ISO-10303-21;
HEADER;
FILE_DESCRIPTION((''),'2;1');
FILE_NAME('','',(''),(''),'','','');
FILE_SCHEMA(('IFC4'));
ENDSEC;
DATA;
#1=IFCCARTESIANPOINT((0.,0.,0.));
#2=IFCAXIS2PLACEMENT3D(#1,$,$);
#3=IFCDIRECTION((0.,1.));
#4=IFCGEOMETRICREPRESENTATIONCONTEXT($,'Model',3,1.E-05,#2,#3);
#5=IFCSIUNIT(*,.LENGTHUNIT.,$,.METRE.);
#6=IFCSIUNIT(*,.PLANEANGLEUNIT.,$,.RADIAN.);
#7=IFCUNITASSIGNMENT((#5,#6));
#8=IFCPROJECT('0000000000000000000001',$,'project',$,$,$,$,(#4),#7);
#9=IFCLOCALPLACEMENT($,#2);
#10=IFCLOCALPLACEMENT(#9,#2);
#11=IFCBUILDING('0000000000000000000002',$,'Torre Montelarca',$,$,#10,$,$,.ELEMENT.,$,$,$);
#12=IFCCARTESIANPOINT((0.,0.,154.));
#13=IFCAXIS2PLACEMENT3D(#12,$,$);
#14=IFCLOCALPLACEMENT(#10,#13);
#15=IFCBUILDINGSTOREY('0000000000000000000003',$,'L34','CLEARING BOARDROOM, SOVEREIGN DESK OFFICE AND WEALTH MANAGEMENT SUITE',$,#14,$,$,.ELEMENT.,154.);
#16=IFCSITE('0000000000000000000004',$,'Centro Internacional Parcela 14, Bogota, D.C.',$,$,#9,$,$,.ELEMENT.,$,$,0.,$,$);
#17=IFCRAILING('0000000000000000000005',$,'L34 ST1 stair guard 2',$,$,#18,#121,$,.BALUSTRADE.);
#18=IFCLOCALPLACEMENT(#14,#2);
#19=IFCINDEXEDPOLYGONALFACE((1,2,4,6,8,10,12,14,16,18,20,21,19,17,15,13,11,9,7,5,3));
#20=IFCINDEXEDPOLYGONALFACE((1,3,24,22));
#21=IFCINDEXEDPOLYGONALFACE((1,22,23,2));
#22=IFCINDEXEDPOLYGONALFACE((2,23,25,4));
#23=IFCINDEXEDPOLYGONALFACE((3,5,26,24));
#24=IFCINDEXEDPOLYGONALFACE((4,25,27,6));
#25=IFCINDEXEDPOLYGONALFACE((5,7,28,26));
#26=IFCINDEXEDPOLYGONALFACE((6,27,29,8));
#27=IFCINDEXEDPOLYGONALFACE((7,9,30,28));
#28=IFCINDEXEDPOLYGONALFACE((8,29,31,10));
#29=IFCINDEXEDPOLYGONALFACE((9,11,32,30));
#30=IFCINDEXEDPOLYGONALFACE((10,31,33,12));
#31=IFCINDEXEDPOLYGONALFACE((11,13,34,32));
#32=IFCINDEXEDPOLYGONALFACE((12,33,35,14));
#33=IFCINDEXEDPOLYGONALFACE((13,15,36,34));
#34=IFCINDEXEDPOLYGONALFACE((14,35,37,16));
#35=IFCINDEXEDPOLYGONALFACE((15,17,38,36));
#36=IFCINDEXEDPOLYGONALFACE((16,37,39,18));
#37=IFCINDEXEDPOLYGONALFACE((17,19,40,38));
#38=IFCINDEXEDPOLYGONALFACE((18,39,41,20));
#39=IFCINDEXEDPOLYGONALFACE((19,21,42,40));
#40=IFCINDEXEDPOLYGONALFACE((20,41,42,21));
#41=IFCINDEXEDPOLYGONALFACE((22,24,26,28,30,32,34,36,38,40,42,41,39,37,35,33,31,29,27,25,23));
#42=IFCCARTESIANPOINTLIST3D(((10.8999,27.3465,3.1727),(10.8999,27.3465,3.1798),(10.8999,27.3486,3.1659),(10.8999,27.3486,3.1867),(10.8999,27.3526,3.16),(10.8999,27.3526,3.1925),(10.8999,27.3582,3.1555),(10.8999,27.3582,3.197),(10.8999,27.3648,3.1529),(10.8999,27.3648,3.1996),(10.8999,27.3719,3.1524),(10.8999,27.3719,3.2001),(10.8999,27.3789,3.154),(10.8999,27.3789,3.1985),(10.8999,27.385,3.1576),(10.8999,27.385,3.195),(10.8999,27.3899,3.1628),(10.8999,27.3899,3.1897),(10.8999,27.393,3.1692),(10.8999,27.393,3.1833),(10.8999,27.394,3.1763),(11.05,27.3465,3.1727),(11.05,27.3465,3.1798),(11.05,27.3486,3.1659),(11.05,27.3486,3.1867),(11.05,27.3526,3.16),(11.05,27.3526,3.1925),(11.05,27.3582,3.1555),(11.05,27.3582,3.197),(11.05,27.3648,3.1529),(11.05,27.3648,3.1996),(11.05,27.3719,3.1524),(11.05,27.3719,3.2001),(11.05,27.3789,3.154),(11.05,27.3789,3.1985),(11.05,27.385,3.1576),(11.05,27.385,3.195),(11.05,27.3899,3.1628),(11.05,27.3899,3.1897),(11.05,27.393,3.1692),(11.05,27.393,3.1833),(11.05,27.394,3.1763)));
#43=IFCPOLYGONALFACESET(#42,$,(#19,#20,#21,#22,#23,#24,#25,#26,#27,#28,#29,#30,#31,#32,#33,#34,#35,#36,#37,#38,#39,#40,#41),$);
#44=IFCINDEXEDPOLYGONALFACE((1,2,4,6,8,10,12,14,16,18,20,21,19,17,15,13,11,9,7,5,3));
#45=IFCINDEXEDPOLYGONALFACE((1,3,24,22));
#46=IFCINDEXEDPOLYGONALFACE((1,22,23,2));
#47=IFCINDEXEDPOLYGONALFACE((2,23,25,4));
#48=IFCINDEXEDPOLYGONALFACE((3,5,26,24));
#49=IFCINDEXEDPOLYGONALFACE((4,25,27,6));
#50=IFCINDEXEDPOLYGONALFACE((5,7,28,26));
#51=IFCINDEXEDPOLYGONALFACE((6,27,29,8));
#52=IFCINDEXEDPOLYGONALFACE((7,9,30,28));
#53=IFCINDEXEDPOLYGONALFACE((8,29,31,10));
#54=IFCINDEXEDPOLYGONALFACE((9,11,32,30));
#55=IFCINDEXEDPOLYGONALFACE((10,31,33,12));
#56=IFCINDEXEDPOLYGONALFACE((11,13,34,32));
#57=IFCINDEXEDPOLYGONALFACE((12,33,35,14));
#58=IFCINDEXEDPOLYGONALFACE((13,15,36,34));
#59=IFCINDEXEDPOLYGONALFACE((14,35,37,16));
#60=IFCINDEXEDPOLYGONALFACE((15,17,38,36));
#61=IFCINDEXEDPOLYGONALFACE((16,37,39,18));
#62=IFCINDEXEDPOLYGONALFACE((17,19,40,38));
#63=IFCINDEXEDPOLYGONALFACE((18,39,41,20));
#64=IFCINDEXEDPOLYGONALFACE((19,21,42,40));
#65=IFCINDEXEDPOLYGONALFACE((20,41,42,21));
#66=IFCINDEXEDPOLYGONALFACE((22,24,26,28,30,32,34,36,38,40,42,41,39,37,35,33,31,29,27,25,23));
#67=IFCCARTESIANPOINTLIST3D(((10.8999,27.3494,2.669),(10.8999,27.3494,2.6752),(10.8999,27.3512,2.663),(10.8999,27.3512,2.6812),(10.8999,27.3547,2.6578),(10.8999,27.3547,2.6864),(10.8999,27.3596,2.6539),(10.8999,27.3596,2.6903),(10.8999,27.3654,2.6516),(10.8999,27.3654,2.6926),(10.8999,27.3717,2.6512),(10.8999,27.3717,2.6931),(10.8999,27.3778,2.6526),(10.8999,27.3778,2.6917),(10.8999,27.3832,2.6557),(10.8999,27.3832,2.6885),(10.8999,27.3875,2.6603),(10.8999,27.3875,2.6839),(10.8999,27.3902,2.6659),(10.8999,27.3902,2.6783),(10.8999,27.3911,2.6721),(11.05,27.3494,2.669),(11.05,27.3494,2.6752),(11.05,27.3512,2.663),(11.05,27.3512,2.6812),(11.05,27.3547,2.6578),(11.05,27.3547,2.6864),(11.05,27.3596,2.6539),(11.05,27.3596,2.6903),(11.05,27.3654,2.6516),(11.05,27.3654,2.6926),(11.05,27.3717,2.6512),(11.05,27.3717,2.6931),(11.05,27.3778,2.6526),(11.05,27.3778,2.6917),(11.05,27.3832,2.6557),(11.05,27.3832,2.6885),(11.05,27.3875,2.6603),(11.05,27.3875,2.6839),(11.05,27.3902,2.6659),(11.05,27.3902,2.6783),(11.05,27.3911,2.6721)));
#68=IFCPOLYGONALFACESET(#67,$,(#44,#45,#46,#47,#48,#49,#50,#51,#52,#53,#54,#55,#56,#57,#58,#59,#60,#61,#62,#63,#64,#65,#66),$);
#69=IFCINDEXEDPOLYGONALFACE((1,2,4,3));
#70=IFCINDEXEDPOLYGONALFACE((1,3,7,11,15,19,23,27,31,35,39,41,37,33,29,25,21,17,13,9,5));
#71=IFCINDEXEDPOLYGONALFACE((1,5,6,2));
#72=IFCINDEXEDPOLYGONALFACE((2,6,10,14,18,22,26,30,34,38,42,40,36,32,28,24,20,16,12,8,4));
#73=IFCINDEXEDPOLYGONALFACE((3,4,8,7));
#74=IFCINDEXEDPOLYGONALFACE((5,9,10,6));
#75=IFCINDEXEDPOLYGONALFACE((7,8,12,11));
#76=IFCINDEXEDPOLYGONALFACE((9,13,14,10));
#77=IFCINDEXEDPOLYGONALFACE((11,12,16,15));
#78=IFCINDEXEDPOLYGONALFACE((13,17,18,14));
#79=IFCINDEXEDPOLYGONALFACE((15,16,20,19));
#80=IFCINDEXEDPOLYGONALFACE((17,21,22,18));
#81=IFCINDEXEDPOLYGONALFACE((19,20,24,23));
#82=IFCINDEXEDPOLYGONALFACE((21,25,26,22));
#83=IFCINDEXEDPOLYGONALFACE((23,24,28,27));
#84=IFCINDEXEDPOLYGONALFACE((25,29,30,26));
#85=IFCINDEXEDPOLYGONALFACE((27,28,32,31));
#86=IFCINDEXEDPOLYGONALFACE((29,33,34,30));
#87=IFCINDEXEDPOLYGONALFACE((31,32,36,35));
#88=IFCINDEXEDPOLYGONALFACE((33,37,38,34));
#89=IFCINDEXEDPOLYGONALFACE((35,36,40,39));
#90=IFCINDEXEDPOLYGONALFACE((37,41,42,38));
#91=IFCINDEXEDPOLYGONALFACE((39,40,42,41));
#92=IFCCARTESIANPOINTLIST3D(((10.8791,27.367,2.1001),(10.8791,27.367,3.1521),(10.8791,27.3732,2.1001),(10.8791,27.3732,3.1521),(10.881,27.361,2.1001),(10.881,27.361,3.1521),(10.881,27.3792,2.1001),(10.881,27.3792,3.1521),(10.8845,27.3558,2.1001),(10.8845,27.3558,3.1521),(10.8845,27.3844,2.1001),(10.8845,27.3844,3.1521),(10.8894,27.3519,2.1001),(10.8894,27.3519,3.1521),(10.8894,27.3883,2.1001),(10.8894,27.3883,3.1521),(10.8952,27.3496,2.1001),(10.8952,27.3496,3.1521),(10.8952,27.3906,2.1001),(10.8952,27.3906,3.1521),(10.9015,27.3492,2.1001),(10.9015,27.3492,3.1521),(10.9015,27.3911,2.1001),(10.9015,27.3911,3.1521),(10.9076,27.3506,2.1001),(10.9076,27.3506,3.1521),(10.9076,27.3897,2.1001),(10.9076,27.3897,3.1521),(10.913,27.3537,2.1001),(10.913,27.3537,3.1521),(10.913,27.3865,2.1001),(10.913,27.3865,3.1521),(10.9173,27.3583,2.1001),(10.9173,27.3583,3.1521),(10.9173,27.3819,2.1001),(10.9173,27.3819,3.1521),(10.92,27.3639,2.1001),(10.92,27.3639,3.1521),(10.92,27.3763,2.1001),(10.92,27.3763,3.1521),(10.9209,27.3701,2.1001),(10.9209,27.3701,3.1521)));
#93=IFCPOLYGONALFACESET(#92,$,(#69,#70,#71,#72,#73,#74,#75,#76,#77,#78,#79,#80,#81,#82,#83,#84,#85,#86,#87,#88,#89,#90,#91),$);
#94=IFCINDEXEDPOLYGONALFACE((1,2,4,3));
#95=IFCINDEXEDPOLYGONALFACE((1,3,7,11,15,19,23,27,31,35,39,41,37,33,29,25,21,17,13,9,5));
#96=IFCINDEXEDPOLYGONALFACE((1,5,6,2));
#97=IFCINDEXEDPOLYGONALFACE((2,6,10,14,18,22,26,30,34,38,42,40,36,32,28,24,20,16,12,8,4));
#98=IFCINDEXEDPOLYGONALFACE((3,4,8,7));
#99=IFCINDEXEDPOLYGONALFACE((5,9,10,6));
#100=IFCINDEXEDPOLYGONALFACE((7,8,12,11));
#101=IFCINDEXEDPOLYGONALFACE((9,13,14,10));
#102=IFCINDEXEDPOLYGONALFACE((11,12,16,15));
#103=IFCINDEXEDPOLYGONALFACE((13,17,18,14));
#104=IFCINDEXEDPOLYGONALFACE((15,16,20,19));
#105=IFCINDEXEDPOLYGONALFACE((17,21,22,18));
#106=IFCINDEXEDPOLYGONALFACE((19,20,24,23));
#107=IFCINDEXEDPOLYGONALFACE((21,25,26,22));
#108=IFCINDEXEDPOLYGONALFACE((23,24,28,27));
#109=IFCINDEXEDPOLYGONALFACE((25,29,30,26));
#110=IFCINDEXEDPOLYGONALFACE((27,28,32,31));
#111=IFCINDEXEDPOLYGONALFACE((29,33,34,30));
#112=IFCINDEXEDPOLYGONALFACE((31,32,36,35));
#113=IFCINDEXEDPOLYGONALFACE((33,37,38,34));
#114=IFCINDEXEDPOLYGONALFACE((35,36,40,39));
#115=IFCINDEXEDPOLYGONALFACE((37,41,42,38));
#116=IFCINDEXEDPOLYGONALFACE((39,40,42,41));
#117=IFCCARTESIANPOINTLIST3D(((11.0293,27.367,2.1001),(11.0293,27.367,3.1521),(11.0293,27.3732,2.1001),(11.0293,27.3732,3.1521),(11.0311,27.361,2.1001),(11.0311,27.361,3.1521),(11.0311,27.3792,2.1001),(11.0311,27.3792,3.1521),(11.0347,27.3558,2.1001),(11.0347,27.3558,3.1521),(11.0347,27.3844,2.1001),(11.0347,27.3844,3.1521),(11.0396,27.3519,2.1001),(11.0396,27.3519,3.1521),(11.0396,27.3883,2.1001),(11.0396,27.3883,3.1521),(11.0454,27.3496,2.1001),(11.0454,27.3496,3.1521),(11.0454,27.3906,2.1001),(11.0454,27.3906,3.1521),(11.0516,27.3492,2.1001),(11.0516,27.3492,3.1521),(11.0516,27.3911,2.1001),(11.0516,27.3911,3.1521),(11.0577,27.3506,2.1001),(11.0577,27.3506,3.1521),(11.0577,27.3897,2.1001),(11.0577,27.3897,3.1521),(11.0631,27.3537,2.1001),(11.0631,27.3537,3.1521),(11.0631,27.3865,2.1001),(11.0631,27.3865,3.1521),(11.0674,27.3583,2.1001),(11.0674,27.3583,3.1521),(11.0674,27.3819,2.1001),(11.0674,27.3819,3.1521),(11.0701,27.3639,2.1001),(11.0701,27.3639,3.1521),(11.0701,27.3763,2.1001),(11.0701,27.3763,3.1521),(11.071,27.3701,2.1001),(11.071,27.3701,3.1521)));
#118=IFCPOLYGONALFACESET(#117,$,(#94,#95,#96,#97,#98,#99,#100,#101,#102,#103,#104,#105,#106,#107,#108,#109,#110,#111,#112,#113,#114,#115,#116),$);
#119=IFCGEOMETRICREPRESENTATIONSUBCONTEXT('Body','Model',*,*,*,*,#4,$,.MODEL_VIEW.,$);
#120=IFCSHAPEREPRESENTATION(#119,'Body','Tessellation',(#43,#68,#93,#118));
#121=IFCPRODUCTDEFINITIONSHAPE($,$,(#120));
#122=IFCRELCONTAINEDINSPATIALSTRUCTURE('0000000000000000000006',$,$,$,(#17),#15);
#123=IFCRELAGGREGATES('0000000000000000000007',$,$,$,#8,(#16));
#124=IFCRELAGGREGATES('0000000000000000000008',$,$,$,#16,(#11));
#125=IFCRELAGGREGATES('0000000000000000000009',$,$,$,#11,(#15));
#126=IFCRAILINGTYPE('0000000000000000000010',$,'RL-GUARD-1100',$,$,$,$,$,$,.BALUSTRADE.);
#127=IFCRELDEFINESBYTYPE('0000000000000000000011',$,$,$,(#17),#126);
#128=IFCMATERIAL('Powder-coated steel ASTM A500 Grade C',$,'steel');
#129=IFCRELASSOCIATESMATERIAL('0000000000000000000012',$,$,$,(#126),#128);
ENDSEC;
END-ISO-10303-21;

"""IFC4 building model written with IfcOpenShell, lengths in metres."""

from ifc_helpers import new_model, si_unit, direction, frame, origin, origin_2d, place, context, subcontext, project, spatial, circle, extrude, material, type_object, element, save


model = new_model("IFC4")

# Units and contexts
model_context = context("Model", 3, precision=1e-05, world=origin(), true_north=direction((0.0, 1.0)))
body_context = subcontext(model_context, "Body", "Model", "MODEL_VIEW")
ifc_project = project(units=[si_unit("LENGTHUNIT", "METRE"), si_unit("PLANEANGLEUNIT", "RADIAN")], contexts=[model_context])

# Site, building, storey
site_placement = place(None, origin())
site = spatial("IfcSite", under=ifc_project, at=site_placement, Name="Centro Internacional Parcela 14, Bogota, D.C.", CompositionType="ELEMENT", RefElevation=0.0)
building_placement = place(site_placement, origin())
building = spatial("IfcBuilding", under=site, at=building_placement, Name="Torre Montelarca", CompositionType="ELEMENT")
storey_placement = place(building_placement, frame((0.0, 0.0, 154.0)))
storey = spatial("IfcBuildingStorey", under=building, at=storey_placement, Name="L34", Description="CLEARING BOARDROOM, SOVEREIGN DESK OFFICE AND WEALTH MANAGEMENT SUITE", CompositionType="ELEMENT", Elevation=154.0)

# Railing
ifc_material_1 = material(Name="Powder-coated steel ASTM A500 Grade C", Category="steel")
railing_type_1 = type_object("IfcRailingType", Name="RL-GUARD-1100", PredefinedType="BALUSTRADE", material=ifc_material_1)
railing_1_placement = place(storey_placement, frame((10.8999, 27.3701, 2.1001)))
element("IfcRailing", 1, at=railing_1_placement, inside=storey, type_object=railing_type_1, Name="L34 ST1 stair guard 2", PredefinedType="BALUSTRADE", context=body_context, shape_type="SweptSolid", body=[
    extrude(circle(Radius=0.0239, at=origin_2d()), frame((0.0, 0.0, 1.0762), z_axis=(1.0, 0.0, 0.0), x_axis=(0.0, 1.0, 0.0)), (0.0, 0.0, 1.0), 0.1501),
    extrude(circle(Radius=0.021, at=origin_2d()), frame((0.0, 0.0, 0.572), z_axis=(1.0, 0.0, 0.0), x_axis=(0.0, 1.0, 0.0)), (0.0, 0.0, 1.0), 0.1501),
    extrude(circle(Radius=0.021, at=origin_2d()), origin(), (0.0, 0.0, 1.0), 1.052),
    extrude(circle(Radius=0.021, at=origin_2d()), frame((0.1501, 0.0, 0.0)), (0.0, 0.0, 1.0), 1.052),
])

save(model, "model.ifc")
